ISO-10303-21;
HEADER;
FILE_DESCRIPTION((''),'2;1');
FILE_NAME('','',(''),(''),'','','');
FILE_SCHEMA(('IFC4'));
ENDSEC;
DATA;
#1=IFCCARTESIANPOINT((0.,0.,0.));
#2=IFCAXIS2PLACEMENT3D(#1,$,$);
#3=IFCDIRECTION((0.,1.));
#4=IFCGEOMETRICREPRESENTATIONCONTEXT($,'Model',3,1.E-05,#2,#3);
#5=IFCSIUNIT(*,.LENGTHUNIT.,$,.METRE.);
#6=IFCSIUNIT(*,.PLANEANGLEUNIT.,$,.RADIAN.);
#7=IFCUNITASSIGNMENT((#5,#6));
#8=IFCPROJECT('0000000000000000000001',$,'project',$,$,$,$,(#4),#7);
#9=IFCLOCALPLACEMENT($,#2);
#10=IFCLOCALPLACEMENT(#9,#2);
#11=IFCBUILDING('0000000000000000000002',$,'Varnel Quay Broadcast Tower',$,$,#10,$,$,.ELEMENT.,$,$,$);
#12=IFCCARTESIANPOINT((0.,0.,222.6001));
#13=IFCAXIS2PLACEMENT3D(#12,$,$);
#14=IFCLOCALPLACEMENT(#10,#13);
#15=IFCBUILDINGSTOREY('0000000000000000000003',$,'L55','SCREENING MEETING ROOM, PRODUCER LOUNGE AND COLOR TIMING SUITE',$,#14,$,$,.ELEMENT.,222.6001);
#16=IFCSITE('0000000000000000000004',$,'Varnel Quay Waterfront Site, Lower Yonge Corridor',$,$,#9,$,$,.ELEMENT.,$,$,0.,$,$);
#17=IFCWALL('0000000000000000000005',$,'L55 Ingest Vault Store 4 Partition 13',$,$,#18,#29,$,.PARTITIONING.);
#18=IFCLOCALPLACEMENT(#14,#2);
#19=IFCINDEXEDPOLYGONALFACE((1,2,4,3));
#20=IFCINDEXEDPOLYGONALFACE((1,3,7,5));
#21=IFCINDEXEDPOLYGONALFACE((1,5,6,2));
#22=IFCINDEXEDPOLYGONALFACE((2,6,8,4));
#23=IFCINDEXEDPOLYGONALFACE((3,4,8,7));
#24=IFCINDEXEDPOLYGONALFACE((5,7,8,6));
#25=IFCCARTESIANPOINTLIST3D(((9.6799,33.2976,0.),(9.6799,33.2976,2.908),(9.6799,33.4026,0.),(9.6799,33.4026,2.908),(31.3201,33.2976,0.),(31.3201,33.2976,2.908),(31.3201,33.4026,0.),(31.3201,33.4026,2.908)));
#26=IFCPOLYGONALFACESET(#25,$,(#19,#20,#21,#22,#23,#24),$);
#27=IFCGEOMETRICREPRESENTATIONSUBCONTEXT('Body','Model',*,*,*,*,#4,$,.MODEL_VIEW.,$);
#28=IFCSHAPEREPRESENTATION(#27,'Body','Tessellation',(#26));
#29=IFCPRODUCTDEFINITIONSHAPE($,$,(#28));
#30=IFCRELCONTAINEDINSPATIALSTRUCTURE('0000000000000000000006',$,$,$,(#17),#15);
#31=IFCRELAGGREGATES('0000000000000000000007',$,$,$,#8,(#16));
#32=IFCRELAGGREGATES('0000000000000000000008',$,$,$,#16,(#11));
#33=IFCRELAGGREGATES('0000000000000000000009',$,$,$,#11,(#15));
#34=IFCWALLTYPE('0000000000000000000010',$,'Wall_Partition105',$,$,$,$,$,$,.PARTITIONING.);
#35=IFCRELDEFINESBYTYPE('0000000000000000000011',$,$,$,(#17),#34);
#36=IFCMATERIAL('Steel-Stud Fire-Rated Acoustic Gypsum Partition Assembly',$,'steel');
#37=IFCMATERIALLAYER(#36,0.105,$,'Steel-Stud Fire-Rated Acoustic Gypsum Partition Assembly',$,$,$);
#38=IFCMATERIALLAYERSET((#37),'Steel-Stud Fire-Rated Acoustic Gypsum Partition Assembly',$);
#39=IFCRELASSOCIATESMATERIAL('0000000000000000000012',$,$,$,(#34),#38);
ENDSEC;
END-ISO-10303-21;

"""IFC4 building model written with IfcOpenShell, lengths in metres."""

from ifc_helpers import new_model, si_unit, direction, frame, frame_2d, origin, place, context, subcontext, project, spatial, rectangle, extrude, material, layer, layer_set, type_object, element, save


model = new_model("IFC4")

# Units and contexts
model_context = context("Model", 3, precision=1e-05, world=origin(), true_north=direction((0.0, 1.0)))
body_context = subcontext(model_context, "Body", "Model", "MODEL_VIEW")
ifc_project = project(units=[si_unit("LENGTHUNIT", "METRE"), si_unit("PLANEANGLEUNIT", "RADIAN")], contexts=[model_context])

# Site, building, storey
site_placement = place(None, origin())
site = spatial("IfcSite", under=ifc_project, at=site_placement, Name="Varnel Quay Waterfront Site, Lower Yonge Corridor", CompositionType="ELEMENT", RefElevation=0.0)
building_placement = place(site_placement, origin())
building = spatial("IfcBuilding", under=site, at=building_placement, Name="Varnel Quay Broadcast Tower", CompositionType="ELEMENT")
storey_placement = place(building_placement, frame((0.0, 0.0, 222.6001)))
storey = spatial("IfcBuildingStorey", under=building, at=storey_placement, Name="L55", Description="SCREENING MEETING ROOM, PRODUCER LOUNGE AND COLOR TIMING SUITE", CompositionType="ELEMENT", Elevation=222.6001)

# Wall
ifc_material_1 = material(Name="Steel-Stud Fire-Rated Acoustic Gypsum Partition Assembly", Category="steel")
ifc_layer_1 = layer(ifc_material_1, 0.105, Name="Steel-Stud Fire-Rated Acoustic Gypsum Partition Assembly")
ifc_layer_set_1 = layer_set([ifc_layer_1], Name="Steel-Stud Fire-Rated Acoustic Gypsum Partition Assembly")
wall_type_1 = type_object("IfcWallType", Name="Wall_Partition105", PredefinedType="PARTITIONING", material=ifc_layer_set_1)
wall_1_placement = place(storey_placement, frame((9.6799, 33.3501, 0.0), z_axis=(0.0, 0.0, 1.0), x_axis=(1.0, 0.0, 0.0)))
element("IfcWall", 1, at=wall_1_placement, inside=storey, type_object=wall_type_1, Name="L55 Ingest Vault Store 4 Partition 13", PredefinedType="PARTITIONING", context=body_context, shape_type="SweptSolid", body=[
    extrude(rectangle(XDim=21.6401, YDim=0.105, at=frame_2d((10.8201, 0.0))), origin(), (0.0, 0.0, 1.0), 2.908),
])

save(model, "model.ifc")
